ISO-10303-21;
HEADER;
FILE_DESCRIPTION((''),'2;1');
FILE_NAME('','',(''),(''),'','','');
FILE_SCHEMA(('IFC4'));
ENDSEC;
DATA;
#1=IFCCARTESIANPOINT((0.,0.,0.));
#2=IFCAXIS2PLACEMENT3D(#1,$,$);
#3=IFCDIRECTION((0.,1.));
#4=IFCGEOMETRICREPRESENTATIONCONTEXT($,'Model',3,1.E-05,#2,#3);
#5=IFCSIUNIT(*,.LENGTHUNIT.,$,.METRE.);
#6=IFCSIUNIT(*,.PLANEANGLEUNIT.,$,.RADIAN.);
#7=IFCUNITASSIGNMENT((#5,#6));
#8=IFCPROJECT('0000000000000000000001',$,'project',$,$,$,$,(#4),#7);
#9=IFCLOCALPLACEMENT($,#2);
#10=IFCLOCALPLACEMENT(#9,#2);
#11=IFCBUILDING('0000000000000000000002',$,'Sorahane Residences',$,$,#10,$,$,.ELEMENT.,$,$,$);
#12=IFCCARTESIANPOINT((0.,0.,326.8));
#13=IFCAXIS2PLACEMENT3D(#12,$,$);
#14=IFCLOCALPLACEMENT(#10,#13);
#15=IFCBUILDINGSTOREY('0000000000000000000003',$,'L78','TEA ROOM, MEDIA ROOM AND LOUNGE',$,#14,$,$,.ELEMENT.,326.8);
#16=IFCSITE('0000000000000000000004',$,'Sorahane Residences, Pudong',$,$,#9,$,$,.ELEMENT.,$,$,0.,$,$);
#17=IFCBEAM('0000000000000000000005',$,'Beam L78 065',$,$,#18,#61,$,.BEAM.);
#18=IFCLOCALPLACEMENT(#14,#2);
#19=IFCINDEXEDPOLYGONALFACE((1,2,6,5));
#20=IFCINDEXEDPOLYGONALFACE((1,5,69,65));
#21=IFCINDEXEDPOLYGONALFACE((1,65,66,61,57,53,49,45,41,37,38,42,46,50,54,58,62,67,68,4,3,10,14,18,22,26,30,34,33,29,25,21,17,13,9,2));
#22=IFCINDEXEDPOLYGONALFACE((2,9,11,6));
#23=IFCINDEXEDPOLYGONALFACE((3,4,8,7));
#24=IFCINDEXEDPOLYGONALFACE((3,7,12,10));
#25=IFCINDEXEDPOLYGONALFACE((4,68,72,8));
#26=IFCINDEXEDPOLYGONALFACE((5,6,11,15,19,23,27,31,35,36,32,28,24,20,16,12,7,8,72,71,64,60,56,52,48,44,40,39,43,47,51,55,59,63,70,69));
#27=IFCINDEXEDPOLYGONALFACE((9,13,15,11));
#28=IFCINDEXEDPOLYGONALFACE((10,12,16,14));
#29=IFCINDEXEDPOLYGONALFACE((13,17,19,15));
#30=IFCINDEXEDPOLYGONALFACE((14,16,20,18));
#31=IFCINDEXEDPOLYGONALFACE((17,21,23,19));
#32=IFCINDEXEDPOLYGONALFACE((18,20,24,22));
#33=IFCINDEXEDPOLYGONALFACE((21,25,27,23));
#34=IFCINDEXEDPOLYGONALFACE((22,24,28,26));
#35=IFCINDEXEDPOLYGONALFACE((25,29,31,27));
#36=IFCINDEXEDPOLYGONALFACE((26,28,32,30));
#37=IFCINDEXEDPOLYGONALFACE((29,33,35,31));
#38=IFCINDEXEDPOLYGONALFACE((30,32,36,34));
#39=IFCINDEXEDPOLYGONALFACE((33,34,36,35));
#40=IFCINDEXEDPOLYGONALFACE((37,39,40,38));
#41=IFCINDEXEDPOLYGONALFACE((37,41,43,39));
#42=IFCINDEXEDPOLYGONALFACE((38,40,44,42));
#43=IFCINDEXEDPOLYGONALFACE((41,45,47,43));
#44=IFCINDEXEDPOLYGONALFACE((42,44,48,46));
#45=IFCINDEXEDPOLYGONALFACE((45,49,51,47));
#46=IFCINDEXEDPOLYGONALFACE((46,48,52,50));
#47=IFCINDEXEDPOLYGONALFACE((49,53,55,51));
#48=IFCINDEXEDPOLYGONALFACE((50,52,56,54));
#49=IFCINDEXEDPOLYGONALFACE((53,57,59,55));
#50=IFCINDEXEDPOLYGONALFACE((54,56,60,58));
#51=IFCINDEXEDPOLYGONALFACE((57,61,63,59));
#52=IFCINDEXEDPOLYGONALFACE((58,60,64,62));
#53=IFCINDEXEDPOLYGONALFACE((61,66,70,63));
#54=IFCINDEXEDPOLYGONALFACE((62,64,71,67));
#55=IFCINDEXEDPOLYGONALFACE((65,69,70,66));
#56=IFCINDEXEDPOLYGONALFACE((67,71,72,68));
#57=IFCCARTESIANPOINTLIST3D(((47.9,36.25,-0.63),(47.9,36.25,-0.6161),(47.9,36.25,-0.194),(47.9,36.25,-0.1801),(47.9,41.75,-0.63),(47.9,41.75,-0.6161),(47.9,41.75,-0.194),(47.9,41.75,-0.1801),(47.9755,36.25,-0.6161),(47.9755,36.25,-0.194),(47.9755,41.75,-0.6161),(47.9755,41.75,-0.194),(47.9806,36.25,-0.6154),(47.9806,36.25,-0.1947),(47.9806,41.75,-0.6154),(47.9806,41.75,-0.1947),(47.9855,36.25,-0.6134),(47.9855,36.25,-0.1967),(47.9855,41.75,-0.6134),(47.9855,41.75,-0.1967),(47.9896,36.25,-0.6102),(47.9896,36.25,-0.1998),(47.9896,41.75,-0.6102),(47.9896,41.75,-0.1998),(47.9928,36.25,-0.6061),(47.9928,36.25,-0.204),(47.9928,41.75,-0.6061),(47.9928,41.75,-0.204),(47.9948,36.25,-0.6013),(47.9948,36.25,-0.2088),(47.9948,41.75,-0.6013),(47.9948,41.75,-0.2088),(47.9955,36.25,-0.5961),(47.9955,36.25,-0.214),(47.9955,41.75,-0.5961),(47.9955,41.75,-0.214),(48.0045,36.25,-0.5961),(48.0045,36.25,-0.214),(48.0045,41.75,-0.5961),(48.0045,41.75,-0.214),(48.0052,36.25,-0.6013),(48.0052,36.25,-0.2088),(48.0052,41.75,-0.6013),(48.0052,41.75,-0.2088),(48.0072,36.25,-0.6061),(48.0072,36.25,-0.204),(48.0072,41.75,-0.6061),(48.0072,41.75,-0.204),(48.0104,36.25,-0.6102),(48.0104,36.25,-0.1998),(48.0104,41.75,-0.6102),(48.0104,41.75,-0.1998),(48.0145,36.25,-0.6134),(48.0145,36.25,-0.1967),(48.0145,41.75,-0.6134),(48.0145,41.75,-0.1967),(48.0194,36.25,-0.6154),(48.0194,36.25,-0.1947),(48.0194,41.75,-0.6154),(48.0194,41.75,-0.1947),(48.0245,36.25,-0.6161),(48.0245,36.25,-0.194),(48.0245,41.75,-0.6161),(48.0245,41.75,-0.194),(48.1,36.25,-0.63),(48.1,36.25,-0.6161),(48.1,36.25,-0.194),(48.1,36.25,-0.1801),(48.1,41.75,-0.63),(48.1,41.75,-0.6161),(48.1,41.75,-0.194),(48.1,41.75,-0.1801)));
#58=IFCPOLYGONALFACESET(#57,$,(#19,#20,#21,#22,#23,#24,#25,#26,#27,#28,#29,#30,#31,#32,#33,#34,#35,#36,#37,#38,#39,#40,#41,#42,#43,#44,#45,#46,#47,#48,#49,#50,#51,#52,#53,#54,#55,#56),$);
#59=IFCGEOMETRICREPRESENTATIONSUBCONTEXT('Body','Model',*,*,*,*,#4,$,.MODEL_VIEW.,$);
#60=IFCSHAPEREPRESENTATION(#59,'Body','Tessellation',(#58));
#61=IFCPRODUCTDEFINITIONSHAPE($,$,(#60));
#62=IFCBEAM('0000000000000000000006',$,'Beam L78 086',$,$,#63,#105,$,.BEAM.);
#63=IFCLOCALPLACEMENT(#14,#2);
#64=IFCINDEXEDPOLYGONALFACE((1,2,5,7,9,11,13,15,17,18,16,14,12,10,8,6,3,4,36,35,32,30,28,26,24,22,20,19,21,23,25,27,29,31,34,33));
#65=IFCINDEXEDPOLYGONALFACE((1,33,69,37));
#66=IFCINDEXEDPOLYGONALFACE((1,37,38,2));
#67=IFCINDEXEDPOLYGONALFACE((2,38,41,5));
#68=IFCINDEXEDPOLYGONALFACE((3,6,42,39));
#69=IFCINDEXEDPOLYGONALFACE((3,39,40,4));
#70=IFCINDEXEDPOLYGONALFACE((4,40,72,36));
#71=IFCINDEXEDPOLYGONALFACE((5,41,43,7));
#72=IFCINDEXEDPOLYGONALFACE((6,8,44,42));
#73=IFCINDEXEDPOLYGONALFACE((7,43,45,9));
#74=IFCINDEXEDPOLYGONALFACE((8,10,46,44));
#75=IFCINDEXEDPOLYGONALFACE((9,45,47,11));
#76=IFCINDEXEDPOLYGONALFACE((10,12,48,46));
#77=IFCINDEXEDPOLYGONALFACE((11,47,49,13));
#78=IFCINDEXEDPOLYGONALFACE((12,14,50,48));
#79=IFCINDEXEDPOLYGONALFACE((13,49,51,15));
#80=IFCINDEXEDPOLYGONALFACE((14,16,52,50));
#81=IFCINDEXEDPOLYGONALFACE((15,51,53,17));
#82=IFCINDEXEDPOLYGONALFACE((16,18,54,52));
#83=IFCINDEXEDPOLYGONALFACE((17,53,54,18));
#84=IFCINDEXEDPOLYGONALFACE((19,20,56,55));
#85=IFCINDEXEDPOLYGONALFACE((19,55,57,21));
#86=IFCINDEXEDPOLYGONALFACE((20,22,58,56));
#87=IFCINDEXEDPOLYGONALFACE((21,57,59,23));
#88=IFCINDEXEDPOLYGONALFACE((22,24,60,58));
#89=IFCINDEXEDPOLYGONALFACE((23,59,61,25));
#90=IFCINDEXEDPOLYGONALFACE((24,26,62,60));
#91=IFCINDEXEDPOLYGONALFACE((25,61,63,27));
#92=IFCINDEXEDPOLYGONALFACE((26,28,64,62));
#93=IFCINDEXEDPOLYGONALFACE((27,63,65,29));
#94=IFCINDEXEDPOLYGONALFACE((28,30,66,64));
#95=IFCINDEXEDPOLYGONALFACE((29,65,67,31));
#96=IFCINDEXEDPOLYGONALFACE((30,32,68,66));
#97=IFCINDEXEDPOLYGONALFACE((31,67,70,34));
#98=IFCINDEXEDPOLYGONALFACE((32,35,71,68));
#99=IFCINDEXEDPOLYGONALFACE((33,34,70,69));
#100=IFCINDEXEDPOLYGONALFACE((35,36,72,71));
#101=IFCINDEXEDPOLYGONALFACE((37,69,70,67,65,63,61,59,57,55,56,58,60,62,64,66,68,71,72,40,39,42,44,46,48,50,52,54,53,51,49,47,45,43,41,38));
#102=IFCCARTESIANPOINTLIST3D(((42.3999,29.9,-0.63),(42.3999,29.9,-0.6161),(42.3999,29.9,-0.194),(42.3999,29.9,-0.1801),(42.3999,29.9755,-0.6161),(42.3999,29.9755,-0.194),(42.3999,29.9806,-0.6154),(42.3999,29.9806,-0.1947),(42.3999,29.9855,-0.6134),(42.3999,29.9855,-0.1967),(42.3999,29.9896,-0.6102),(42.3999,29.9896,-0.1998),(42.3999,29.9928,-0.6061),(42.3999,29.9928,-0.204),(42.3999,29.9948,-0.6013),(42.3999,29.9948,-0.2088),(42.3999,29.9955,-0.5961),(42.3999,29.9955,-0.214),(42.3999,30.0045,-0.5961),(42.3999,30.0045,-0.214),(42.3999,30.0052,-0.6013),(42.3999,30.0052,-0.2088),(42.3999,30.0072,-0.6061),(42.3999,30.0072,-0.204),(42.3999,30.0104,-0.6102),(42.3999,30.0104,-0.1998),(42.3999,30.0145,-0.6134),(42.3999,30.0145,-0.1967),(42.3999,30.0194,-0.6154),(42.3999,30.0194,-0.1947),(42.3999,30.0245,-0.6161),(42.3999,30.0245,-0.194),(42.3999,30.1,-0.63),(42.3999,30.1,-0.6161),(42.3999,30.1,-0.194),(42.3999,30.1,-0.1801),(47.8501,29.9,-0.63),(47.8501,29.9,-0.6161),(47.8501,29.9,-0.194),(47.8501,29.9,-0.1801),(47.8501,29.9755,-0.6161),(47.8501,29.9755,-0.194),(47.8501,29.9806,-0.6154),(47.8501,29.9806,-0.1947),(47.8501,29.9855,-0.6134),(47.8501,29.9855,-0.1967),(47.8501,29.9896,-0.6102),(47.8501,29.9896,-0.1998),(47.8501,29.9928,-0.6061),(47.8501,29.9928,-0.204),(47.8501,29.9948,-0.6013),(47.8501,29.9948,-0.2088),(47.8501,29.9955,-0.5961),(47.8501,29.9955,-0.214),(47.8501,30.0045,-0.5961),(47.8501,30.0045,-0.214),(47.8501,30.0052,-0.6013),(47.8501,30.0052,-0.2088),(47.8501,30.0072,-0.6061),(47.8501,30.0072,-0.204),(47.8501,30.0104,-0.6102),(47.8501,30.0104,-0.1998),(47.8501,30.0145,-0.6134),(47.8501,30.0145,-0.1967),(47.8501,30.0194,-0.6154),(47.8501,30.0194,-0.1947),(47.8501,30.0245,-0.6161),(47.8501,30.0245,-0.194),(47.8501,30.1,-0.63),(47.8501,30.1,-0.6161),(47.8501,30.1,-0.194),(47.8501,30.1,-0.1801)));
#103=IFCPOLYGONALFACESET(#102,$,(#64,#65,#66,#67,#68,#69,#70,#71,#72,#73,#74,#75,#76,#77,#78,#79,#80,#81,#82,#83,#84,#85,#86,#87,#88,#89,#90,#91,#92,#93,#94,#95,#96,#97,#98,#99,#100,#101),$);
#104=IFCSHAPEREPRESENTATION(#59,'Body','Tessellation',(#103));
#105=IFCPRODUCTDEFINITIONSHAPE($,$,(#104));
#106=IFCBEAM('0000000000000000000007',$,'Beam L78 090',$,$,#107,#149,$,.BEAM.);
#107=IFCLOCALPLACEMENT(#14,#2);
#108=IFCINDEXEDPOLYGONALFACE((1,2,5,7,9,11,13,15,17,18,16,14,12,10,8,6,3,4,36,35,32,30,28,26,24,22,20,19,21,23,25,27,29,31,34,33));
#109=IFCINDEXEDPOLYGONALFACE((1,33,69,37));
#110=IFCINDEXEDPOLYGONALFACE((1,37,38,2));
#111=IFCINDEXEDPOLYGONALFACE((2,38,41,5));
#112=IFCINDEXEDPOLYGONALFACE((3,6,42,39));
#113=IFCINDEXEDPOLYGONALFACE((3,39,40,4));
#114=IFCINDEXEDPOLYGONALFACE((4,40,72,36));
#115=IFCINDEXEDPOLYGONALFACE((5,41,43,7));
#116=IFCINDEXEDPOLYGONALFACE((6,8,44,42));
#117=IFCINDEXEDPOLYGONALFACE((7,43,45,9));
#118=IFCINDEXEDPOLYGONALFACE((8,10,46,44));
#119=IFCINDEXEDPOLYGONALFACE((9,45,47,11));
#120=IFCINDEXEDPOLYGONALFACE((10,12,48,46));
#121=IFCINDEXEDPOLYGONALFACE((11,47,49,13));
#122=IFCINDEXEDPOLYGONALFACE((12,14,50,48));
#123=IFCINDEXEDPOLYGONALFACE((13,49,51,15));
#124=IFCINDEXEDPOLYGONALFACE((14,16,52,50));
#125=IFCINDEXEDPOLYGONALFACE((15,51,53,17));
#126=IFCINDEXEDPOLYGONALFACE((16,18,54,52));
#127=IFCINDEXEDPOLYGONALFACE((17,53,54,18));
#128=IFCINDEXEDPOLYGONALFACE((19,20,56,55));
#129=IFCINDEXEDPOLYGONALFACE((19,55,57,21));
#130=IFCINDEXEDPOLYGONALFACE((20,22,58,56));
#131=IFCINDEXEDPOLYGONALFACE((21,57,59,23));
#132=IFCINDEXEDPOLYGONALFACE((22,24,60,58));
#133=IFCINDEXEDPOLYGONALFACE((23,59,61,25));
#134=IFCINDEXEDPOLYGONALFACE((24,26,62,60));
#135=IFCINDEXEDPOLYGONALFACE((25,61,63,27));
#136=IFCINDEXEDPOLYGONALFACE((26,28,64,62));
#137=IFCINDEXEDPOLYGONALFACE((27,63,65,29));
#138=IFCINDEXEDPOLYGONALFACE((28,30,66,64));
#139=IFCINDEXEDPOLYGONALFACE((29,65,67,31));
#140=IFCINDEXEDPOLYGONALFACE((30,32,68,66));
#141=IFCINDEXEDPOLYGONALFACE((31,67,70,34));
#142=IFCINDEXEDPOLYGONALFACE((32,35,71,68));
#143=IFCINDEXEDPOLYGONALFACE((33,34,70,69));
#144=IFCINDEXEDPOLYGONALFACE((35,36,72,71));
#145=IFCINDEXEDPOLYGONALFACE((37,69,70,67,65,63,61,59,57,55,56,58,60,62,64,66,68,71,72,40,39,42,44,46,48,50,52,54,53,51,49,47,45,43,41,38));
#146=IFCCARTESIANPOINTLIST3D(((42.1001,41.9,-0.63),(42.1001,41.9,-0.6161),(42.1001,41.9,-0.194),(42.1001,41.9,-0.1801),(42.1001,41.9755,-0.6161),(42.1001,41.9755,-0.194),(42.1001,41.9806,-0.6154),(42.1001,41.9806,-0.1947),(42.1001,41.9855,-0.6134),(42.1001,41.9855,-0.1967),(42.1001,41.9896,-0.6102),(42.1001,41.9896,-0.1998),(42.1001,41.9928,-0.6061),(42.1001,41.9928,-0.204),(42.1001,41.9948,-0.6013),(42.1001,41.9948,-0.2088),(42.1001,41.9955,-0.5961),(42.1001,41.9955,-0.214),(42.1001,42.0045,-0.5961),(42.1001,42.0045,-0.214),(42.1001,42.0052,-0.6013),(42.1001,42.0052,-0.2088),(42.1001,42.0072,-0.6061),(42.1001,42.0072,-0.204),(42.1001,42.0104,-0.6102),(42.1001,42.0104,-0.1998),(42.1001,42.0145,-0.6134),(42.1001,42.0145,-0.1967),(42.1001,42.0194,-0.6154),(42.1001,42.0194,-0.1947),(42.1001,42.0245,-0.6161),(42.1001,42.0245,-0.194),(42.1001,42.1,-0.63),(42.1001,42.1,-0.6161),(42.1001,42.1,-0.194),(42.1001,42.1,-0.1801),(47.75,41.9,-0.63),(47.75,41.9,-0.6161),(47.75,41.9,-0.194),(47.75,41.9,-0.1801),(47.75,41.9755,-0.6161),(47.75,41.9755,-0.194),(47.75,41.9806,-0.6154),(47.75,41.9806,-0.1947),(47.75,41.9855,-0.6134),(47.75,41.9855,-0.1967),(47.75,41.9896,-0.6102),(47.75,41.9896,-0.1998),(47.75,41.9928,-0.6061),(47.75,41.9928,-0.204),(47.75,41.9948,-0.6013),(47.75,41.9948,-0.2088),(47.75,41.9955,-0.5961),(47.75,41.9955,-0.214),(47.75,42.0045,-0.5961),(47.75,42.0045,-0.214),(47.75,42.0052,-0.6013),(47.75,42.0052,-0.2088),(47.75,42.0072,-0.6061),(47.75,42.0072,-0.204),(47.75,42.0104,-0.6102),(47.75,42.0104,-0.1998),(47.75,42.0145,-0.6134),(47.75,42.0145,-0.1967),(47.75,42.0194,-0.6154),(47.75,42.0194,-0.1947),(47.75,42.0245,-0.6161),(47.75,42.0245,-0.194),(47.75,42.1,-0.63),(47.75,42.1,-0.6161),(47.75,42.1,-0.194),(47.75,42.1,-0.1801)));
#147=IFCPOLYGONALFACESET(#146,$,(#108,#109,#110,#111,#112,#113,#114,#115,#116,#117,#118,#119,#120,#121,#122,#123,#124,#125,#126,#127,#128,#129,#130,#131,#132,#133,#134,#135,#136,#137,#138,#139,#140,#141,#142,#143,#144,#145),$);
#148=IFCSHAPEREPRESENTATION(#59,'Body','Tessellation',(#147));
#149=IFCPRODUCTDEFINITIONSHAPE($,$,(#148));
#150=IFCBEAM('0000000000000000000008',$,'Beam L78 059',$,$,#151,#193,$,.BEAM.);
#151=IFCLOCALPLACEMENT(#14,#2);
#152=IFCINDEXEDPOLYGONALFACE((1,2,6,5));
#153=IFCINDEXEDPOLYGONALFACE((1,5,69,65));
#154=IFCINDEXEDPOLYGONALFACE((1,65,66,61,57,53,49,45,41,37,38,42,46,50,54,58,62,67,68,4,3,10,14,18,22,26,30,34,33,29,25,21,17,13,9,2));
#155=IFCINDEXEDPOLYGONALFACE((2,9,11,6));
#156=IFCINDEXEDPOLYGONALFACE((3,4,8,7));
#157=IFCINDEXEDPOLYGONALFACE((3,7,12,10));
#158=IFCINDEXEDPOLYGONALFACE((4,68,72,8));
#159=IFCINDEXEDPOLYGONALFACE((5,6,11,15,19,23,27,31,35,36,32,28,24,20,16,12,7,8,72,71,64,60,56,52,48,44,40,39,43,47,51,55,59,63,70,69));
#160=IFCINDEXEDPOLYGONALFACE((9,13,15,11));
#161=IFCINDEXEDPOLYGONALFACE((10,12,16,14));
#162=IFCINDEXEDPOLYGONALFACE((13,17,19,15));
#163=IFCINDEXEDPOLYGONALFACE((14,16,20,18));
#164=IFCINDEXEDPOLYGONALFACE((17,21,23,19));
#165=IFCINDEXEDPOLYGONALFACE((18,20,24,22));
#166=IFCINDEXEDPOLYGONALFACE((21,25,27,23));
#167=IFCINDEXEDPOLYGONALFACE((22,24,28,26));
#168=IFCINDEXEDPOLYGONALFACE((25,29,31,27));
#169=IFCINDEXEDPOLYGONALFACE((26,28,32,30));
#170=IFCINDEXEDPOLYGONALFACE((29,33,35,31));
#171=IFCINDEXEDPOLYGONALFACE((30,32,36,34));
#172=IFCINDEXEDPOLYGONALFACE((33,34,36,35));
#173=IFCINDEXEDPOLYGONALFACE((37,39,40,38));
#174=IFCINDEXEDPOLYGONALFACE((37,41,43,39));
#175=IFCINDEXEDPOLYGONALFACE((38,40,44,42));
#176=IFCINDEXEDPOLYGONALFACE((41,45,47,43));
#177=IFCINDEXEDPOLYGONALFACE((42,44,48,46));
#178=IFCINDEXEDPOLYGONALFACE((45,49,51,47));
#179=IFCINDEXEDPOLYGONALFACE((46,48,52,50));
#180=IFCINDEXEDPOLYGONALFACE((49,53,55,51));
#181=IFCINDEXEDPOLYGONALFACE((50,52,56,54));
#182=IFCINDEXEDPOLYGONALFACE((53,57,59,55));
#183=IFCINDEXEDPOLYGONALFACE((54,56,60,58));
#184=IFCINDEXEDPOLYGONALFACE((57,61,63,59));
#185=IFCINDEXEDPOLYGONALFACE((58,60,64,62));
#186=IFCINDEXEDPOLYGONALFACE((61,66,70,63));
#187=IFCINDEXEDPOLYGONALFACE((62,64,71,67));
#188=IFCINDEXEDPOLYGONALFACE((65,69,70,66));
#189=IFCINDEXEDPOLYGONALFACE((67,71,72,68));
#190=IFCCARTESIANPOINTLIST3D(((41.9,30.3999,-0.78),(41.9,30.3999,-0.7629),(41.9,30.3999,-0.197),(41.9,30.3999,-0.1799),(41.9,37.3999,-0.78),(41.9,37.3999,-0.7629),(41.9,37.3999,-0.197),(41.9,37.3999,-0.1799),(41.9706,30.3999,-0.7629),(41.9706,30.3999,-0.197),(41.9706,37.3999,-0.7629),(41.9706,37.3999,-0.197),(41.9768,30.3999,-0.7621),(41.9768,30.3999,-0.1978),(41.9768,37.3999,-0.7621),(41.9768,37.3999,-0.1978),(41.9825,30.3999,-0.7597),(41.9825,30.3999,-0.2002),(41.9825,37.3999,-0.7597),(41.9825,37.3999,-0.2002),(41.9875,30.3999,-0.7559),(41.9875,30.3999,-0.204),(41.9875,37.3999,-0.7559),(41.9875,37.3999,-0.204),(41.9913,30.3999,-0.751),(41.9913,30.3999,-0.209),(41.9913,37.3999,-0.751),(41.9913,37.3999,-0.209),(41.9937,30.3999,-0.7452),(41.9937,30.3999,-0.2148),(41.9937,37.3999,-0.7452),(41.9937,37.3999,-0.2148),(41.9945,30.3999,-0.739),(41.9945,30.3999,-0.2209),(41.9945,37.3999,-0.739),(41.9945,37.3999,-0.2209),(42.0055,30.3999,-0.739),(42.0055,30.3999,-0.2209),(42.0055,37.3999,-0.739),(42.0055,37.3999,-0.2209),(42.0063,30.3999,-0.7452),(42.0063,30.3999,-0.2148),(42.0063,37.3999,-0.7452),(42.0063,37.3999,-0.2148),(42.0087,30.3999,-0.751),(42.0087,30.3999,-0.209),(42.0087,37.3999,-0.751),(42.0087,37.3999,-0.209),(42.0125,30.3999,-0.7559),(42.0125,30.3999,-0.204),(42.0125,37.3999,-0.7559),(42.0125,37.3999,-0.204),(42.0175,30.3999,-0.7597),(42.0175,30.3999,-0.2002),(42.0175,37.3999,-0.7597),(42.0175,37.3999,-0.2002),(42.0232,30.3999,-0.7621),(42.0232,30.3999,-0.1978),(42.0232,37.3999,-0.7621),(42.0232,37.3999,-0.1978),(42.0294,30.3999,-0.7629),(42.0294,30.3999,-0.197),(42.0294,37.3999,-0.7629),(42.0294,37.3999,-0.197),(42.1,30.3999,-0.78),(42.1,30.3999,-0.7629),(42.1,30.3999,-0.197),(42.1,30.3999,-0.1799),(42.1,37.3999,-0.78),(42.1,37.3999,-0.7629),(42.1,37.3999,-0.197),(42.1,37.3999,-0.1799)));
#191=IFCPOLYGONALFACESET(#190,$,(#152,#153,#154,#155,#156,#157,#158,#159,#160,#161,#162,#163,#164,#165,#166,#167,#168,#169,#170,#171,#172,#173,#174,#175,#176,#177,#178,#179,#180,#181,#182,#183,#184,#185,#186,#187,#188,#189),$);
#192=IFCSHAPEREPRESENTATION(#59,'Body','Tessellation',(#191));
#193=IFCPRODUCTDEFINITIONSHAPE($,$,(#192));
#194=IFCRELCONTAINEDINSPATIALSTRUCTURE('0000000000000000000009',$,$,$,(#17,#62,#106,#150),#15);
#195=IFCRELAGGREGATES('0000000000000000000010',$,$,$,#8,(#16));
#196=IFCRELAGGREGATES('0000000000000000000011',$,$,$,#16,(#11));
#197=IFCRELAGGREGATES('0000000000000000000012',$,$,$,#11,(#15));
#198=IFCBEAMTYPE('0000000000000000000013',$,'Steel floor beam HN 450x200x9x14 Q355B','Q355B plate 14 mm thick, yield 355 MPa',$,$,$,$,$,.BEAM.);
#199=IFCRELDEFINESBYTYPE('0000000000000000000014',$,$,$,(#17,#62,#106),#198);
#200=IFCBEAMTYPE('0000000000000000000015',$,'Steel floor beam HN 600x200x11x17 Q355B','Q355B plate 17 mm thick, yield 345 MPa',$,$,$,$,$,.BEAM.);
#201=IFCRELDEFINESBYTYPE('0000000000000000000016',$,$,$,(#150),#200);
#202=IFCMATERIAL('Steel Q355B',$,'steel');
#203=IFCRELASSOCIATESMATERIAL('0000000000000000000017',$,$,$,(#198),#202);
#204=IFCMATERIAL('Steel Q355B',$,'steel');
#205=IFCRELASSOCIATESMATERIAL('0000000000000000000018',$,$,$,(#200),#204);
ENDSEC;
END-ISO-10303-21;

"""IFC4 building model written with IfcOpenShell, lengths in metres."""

from ifc_helpers import new_model, si_unit, direction, frame, origin, origin_2d, place, context, subcontext, project, spatial, i_section, extrude, material, material_profile, profile_set, type_object, element, save


model = new_model("IFC4")

# Units and contexts
model_context = context("Model", 3, precision=1e-05, world=origin(), true_north=direction((0.0, 1.0)))
body_context = subcontext(model_context, "Body", "Model", "MODEL_VIEW")
ifc_project = project(units=[si_unit("LENGTHUNIT", "METRE"), si_unit("PLANEANGLEUNIT", "RADIAN")], contexts=[model_context])

# Site, building, storey
site_placement = place(None, origin())
site = spatial("IfcSite", under=ifc_project, at=site_placement, Name="Sorahane Residences, Pudong", CompositionType="ELEMENT", RefElevation=0.0)
building_placement = place(site_placement, origin())
building = spatial("IfcBuilding", under=site, at=building_placement, Name="Sorahane Residences", CompositionType="ELEMENT")
storey_placement = place(building_placement, frame((0.0, 0.0, 326.8)))
storey = spatial("IfcBuildingStorey", under=building, at=storey_placement, Name="L78", Description="TEA ROOM, MEDIA ROOM AND LOUNGE", CompositionType="ELEMENT", Elevation=326.8)

# Beams
ifc_material_1 = material(Name="Steel Q355B", Category="steel")
ifc_material_profile_1 = material_profile(ifc_material_1, i_section(OverallWidth=0.2, OverallDepth=0.45, WebThickness=0.009, FlangeThickness=0.0139, FilletRadius=0.02, at=origin_2d()), Name="HN 450x200x9x14")
ifc_profile_set_1 = profile_set([ifc_material_profile_1], Name="Steel Q355B")
beam_type_1 = type_object("IfcBeamType", Name="Steel floor beam HN 450x200x9x14 Q355B", Description="Q355B plate 14 mm thick, yield 355 MPa", PredefinedType="BEAM", material=ifc_profile_set_1)
beam_1_placement = place(storey_placement, frame((48.0, 36.25, -0.405), z_axis=(0.0, 1.0, 0.0), x_axis=(-1.0, 0.0, 0.0)))
element("IfcBeam", 1, at=beam_1_placement, inside=storey, type_object=beam_type_1, Name="Beam L78 065", PredefinedType="BEAM", context=body_context, shape_type="SweptSolid", body=[
    extrude(i_section(OverallWidth=0.2, OverallDepth=0.45, WebThickness=0.009, FlangeThickness=0.0139, FilletRadius=0.02, at=origin_2d()), origin(), (0.0, 0.0, 1.0), 5.5),
])
beam_2_placement = place(storey_placement, frame((42.3999, 30.0, -0.405), z_axis=(1.0, 0.0, 0.0), x_axis=(0.0, 1.0, 0.0)))
element("IfcBeam", 2, at=beam_2_placement, inside=storey, type_object=beam_type_1, Name="Beam L78 086", PredefinedType="BEAM", context=body_context, shape_type="SweptSolid", body=[
    extrude(i_section(OverallWidth=0.2, OverallDepth=0.45, WebThickness=0.009, FlangeThickness=0.0139, FilletRadius=0.02, at=origin_2d()), origin(), (0.0, 0.0, 1.0), 5.4502),
])
beam_3_placement = place(storey_placement, frame((42.1001, 42.0, -0.405), z_axis=(1.0, 0.0, 0.0), x_axis=(0.0, 1.0, 0.0)))
element("IfcBeam", 3, at=beam_3_placement, inside=storey, type_object=beam_type_1, Name="Beam L78 090", PredefinedType="BEAM", context=body_context, shape_type="SweptSolid", body=[
    extrude(i_section(OverallWidth=0.2, OverallDepth=0.45, WebThickness=0.009, FlangeThickness=0.0139, FilletRadius=0.02, at=origin_2d()), origin(), (0.0, 0.0, 1.0), 5.6499),
])
ifc_material_2 = material(Name="Steel Q355B", Category="steel")
ifc_material_profile_2 = material_profile(ifc_material_2, i_section(OverallWidth=0.2, OverallDepth=0.6001, WebThickness=0.011, FlangeThickness=0.0171, FilletRadius=0.0239, at=origin_2d()), Name="HN 600x200x11x17")
ifc_profile_set_2 = profile_set([ifc_material_profile_2], Name="Steel Q355B")
beam_type_2 = type_object("IfcBeamType", Name="Steel floor beam HN 600x200x11x17 Q355B", Description="Q355B plate 17 mm thick, yield 345 MPa", PredefinedType="BEAM", material=ifc_profile_set_2)
for number, where, z_axis, x_axis, name in (
    (4, (42.0, 30.3999, -0.48), (0.0, 1.0, 0.0), (-1.0, 0.0, 0.0), "Beam L78 059"),
):
    element("IfcBeam", number, at=place(storey_placement, frame(where, z_axis=z_axis, x_axis=x_axis)), inside=storey, type_object=beam_type_2, Name=name, PredefinedType="BEAM", context=body_context, shape_type="SweptSolid", body=[
        extrude(i_section(OverallWidth=0.2, OverallDepth=0.6001, WebThickness=0.011, FlangeThickness=0.0171, FilletRadius=0.0239, at=origin_2d()), origin(), (0.0, 0.0, 1.0), 7.0),
    ])

save(model, "model.ifc")
